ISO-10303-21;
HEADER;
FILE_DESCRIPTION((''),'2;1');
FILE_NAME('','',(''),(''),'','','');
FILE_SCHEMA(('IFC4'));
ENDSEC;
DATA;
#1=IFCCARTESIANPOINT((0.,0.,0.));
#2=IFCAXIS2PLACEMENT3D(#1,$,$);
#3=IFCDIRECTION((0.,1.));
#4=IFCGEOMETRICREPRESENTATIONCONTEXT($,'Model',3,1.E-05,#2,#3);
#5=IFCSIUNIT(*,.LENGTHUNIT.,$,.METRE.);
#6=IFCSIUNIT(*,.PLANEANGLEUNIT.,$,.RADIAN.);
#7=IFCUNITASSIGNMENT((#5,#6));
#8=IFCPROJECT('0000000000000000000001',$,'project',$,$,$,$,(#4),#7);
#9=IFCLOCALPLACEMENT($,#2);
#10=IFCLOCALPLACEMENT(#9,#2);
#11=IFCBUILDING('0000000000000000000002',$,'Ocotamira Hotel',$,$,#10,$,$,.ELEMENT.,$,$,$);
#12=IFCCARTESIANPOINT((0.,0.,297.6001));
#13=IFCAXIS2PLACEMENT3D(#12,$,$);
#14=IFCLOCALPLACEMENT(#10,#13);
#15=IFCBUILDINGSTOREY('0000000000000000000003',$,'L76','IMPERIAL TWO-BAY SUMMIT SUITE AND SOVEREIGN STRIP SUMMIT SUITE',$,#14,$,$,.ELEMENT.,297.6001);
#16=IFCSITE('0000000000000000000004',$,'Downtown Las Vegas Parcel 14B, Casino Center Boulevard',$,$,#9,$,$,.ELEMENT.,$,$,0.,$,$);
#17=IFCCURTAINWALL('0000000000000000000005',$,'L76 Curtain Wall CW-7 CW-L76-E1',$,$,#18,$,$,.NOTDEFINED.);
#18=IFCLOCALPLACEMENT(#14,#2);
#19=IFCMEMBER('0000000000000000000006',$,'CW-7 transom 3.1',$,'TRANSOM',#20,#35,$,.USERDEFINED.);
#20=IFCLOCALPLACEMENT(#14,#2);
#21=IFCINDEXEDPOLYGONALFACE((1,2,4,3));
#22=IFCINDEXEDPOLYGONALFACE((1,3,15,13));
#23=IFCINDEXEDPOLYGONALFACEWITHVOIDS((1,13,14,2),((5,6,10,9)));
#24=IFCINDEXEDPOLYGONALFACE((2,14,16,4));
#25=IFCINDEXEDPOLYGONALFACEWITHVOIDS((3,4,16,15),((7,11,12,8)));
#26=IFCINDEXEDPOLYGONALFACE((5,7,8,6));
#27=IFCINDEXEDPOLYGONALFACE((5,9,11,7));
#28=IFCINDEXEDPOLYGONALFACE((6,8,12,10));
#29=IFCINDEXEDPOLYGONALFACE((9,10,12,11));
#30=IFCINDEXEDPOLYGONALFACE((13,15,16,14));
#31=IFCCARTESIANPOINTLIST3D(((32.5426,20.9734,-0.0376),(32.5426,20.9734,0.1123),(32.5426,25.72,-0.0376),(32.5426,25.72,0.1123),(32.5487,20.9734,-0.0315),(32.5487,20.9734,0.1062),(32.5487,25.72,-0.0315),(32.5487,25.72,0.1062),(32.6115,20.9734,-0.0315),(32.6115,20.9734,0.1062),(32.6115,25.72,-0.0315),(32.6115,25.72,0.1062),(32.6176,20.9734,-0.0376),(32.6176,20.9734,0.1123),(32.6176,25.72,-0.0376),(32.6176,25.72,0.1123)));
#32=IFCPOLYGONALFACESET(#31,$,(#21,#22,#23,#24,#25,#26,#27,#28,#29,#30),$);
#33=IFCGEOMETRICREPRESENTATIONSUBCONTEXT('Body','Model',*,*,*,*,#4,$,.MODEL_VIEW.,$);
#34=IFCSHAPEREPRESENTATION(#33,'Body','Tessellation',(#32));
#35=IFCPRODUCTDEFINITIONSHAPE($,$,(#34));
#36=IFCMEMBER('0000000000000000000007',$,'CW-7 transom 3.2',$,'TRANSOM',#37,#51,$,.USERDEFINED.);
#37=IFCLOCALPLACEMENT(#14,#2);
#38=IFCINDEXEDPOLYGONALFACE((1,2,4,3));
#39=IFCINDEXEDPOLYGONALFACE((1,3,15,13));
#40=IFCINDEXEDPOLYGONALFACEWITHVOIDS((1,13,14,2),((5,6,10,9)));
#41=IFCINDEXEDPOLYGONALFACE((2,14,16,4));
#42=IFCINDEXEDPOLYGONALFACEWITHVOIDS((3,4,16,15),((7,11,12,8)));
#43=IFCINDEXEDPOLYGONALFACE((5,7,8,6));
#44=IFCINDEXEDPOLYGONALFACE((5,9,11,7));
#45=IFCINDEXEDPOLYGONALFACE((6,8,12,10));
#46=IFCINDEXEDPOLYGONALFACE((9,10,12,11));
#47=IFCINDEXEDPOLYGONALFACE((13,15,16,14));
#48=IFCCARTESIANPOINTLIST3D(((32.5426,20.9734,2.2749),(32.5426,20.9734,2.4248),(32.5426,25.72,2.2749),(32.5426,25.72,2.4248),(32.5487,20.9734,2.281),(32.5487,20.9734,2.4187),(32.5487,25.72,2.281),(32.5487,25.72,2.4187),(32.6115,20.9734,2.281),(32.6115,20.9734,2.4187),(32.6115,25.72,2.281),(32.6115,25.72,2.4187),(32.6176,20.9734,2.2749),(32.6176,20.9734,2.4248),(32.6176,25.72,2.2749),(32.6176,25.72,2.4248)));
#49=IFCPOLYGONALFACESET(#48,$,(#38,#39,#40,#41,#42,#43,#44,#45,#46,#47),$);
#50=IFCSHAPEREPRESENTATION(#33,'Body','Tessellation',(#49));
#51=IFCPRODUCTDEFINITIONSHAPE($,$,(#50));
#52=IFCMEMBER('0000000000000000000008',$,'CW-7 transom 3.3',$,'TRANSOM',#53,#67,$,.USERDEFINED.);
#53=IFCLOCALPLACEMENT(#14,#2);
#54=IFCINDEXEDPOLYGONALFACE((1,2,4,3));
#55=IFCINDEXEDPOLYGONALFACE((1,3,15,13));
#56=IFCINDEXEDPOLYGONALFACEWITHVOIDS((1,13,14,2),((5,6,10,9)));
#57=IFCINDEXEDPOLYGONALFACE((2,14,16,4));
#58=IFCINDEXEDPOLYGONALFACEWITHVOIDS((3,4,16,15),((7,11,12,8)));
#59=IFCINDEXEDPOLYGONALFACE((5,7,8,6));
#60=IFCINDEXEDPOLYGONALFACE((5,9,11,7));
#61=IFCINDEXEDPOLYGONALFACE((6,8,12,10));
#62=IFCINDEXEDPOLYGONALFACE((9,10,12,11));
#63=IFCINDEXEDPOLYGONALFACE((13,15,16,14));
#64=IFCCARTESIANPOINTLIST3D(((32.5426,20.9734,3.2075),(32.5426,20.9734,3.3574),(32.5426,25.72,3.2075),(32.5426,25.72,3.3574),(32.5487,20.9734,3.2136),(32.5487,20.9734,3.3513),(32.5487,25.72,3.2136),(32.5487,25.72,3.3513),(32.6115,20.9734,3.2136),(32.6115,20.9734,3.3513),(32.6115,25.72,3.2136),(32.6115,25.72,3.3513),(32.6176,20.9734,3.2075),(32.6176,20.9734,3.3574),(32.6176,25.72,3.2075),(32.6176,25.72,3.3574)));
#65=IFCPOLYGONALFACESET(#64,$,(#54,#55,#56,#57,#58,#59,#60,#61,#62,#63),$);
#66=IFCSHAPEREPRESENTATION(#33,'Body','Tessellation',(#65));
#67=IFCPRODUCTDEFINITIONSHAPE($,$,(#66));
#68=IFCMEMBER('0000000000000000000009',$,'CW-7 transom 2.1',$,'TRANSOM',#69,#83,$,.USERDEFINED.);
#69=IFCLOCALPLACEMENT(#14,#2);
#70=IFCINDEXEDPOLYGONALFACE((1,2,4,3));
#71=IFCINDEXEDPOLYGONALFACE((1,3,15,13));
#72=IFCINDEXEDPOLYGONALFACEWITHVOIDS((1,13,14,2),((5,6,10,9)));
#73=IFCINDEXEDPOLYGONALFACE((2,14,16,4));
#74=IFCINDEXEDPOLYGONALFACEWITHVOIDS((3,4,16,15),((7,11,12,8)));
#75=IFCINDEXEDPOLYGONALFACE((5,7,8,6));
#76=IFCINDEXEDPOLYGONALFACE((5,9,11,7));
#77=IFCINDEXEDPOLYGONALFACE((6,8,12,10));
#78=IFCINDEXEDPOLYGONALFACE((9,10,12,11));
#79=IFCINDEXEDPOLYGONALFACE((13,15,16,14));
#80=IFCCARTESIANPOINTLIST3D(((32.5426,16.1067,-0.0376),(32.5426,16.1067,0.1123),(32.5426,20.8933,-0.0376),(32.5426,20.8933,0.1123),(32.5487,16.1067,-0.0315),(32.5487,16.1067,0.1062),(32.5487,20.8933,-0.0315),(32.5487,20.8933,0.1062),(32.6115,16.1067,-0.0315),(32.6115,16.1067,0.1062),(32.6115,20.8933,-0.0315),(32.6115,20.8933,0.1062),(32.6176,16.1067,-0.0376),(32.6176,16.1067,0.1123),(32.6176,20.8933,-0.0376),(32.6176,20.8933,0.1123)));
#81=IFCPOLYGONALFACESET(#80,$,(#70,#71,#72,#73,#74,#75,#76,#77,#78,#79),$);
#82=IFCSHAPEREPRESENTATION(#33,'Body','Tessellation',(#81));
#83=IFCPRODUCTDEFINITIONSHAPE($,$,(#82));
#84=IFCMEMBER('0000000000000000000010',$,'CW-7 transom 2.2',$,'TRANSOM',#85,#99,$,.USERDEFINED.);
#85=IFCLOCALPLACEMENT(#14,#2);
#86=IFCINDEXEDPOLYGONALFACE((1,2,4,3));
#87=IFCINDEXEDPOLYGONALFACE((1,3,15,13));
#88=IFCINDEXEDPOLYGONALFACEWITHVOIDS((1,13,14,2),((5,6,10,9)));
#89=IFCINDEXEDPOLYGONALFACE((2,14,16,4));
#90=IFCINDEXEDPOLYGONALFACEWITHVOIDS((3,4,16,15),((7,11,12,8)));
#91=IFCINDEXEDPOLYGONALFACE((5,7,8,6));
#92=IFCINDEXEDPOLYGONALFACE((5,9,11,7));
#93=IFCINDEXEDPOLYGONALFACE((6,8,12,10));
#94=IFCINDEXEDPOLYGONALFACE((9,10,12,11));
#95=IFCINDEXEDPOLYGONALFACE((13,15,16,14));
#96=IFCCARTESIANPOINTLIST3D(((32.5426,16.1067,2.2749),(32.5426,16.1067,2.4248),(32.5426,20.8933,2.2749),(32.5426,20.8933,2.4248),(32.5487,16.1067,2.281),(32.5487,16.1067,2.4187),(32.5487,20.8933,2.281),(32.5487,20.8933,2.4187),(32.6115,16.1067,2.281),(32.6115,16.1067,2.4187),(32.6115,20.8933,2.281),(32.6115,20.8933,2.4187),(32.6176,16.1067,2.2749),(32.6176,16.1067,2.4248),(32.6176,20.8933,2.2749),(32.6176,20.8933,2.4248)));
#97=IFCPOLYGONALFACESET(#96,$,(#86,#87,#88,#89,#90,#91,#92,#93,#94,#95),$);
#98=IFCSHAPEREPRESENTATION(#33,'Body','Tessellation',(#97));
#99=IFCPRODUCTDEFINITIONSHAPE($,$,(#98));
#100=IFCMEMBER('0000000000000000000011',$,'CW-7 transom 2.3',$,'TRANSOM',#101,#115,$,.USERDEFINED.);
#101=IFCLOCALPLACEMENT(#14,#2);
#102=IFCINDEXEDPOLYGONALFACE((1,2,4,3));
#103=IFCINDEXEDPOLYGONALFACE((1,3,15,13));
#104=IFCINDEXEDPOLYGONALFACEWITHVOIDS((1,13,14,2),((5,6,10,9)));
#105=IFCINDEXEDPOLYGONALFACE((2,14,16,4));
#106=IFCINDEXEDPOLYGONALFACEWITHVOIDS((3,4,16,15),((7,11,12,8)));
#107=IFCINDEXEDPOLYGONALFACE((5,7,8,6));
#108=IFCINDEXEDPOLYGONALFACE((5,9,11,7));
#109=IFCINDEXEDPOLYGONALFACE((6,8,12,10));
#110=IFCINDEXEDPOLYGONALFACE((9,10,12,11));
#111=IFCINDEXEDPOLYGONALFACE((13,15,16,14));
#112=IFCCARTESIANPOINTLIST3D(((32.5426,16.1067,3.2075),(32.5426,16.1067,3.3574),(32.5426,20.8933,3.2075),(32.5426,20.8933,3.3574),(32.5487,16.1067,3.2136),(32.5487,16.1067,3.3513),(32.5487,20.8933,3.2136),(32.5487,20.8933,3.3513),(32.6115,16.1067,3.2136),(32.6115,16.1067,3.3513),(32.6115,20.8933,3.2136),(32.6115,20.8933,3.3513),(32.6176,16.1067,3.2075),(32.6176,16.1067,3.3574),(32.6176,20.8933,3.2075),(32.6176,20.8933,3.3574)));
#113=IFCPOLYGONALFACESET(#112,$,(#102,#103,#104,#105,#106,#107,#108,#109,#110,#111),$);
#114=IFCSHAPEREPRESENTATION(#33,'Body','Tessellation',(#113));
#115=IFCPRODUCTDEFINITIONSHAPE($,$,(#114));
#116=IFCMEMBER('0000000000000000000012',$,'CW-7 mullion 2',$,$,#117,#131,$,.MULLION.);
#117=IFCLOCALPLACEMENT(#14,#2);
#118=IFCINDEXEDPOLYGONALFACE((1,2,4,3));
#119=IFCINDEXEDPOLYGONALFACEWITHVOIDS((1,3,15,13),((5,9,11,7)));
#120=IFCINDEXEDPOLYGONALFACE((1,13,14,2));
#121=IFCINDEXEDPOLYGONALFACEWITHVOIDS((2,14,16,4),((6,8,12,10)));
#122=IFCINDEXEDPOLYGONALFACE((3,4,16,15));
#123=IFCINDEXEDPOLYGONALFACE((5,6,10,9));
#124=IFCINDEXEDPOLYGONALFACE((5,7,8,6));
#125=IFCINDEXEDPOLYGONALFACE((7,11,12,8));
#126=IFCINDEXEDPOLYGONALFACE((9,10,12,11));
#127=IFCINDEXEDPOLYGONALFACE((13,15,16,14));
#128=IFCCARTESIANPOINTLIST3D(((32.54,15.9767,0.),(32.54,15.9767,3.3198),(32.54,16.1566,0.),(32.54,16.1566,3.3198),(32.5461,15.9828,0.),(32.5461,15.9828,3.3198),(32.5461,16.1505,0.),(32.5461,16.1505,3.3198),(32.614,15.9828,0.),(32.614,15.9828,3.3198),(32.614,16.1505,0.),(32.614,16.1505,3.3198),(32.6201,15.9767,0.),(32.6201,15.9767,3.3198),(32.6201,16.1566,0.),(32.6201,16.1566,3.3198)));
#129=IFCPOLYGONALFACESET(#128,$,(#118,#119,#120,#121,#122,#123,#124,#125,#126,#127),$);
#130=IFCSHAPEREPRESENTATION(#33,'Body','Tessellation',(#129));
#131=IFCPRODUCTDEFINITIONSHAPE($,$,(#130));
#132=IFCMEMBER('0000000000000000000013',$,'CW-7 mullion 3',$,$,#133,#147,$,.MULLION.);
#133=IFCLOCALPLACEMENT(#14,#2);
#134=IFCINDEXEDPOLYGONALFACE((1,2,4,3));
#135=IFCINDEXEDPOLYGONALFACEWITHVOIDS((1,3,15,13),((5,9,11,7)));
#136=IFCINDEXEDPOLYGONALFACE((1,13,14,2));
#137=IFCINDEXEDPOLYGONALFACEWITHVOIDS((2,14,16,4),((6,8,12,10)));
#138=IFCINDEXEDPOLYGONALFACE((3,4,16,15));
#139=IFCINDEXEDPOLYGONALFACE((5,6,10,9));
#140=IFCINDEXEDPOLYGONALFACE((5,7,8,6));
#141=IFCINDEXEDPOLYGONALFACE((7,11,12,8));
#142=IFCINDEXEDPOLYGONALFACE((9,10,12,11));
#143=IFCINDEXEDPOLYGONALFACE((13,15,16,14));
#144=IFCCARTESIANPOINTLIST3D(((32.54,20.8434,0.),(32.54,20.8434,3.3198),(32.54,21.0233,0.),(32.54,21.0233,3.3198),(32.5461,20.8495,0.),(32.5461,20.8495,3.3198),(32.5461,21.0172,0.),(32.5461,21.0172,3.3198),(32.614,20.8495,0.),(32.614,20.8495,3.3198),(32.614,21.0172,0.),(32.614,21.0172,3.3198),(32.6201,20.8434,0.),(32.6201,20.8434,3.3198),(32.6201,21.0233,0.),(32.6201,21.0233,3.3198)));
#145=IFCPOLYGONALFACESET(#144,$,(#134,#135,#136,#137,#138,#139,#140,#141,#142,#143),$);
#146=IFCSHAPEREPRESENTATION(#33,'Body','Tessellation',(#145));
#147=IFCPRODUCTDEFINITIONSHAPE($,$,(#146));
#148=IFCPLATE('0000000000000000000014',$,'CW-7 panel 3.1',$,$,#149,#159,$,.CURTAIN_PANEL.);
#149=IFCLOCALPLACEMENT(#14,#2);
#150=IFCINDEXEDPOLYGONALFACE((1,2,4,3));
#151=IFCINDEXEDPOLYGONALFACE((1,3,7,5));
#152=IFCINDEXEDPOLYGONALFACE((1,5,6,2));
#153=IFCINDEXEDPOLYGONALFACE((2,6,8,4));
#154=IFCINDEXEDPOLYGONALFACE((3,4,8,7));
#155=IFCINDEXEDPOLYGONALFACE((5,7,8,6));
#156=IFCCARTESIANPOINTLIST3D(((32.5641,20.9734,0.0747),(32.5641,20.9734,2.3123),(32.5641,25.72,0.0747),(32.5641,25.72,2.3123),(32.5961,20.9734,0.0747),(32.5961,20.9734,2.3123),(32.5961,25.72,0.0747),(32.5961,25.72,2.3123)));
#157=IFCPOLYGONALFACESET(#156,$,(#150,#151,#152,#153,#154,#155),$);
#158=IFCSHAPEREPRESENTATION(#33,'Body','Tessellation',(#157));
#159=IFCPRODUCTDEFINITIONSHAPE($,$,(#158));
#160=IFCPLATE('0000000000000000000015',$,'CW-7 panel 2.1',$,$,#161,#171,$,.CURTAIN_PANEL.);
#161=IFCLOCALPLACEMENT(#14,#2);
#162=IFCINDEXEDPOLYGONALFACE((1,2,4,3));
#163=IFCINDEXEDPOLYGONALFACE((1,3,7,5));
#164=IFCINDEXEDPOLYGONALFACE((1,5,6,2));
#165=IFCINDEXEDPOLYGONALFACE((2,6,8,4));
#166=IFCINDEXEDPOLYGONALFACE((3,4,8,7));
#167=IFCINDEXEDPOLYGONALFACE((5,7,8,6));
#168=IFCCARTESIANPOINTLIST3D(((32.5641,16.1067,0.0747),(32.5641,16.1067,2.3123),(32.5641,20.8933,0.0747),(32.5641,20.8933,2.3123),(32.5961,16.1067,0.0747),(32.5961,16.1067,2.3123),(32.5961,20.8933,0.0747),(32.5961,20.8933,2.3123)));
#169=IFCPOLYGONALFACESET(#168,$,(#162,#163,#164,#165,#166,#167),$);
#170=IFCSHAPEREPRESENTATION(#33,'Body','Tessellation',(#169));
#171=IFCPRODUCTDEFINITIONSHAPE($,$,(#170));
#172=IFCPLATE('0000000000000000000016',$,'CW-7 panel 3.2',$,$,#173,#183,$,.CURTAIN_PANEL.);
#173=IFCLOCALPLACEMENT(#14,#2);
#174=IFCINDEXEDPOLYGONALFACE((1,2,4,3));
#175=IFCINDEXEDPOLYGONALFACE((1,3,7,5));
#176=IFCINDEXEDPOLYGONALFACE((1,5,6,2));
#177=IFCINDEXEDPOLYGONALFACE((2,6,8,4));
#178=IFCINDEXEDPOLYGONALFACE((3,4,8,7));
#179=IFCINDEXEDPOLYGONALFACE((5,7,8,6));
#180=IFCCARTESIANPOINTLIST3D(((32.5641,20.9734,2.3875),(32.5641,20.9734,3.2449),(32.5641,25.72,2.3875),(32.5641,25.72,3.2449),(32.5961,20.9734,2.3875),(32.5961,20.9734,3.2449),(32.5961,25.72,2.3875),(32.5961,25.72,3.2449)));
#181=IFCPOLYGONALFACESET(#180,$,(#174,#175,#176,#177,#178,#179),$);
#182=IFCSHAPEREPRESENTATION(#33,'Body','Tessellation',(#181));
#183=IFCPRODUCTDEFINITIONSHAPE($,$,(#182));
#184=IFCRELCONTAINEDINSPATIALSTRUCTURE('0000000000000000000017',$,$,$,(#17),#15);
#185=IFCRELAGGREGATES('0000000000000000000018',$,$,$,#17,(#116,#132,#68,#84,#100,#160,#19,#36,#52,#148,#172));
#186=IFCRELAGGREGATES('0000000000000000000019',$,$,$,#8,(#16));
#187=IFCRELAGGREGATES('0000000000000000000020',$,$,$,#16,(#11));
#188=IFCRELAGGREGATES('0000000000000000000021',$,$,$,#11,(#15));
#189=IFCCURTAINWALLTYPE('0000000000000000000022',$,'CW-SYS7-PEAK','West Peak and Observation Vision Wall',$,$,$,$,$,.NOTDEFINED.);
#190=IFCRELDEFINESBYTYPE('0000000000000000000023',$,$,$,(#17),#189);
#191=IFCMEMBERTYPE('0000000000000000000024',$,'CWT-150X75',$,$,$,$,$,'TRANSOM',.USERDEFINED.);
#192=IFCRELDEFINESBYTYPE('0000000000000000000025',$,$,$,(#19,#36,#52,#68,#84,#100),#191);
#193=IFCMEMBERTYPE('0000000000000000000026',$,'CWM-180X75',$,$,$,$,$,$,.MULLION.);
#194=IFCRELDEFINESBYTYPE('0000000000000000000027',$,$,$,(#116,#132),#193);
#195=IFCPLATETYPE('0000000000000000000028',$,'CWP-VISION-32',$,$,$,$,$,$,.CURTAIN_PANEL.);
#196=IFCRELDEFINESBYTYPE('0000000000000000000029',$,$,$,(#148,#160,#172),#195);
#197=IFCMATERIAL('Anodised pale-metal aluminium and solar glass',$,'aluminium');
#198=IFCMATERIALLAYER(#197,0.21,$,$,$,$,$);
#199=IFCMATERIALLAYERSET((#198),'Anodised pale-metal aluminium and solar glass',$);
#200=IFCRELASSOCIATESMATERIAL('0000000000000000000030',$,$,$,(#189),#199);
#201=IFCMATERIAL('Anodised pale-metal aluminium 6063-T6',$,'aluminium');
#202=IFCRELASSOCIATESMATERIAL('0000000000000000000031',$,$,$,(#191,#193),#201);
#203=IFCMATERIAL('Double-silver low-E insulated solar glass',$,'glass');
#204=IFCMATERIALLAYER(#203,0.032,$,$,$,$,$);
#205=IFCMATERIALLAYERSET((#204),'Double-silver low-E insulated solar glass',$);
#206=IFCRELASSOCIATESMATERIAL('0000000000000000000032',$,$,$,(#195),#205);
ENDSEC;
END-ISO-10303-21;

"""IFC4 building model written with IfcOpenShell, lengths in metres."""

from ifc_helpers import new_model, si_unit, direction, frame, origin, origin_2d, place, context, subcontext, project, spatial, rectangle, hollow_rectangle, extrude, source, transform, mapped, material, layer, layer_set, material_profile, profile_set, type_object, element, aggregate, save


model = new_model("IFC4")

# Units and contexts
model_context = context("Model", 3, precision=1e-05, world=origin(), true_north=direction((0.0, 1.0)))
body_context = subcontext(model_context, "Body", "Model", "MODEL_VIEW")
ifc_project = project(units=[si_unit("LENGTHUNIT", "METRE"), si_unit("PLANEANGLEUNIT", "RADIAN")], contexts=[model_context])

# Site, building, storey
site_placement = place(None, origin())
site = spatial("IfcSite", under=ifc_project, at=site_placement, Name="Downtown Las Vegas Parcel 14B, Casino Center Boulevard", CompositionType="ELEMENT", RefElevation=0.0)
building_placement = place(site_placement, origin())
building = spatial("IfcBuilding", under=site, at=building_placement, Name="Ocotamira Hotel", CompositionType="ELEMENT")
storey_placement = place(building_placement, frame((0.0, 0.0, 297.6001)))
storey = spatial("IfcBuildingStorey", under=building, at=storey_placement, Name="L76", Description="IMPERIAL TWO-BAY SUMMIT SUITE AND SOVEREIGN STRIP SUMMIT SUITE", CompositionType="ELEMENT", Elevation=297.6001)

# Curtain wall, members, plates
ifc_material_1 = material(Name="Anodised pale-metal aluminium and solar glass", Category="aluminium")
ifc_layer_1 = layer(ifc_material_1, 0.21)
ifc_layer_set_1 = layer_set([ifc_layer_1], Name="Anodised pale-metal aluminium and solar glass")
curtain_wall_type = type_object("IfcCurtainWallType", Name="CW-SYS7-PEAK", Description="West Peak and Observation Vision Wall", PredefinedType="NOTDEFINED", material=ifc_layer_set_1)
curtain_wall_placement = place(storey_placement, origin())
curtain_wall = element("IfcCurtainWall", 1, at=curtain_wall_placement, inside=storey, type_object=curtain_wall_type, Name="L76 Curtain Wall CW-7 CW-L76-E1", PredefinedType="NOTDEFINED")
ifc_material_2 = material(Name="Anodised pale-metal aluminium 6063-T6", Category="aluminium")
ifc_material_profile_1 = material_profile(ifc_material_2, hollow_rectangle(XDim=0.075, YDim=0.1499, WallThickness=0.0061, at=origin_2d()), Name="HSS150X75X6")
ifc_profile_set_1 = profile_set([ifc_material_profile_1], Name="Anodised pale-metal aluminium 6063-T6")
member_type_1 = type_object("IfcMemberType", Name="CWT-150X75", ElementType="TRANSOM", PredefinedType="USERDEFINED", material=ifc_profile_set_1)
shared_shape_1 = source(origin(), body_context, "Body", "SweptSolid", [
    extrude(hollow_rectangle(XDim=0.075, YDim=0.1499, WallThickness=0.0061, at=origin_2d()), origin(), (0.0, 0.0, 1.0), 4.7466),
])
member_1_placement = place(storey_placement, frame((32.5801, 20.9734, 0.0374), z_axis=(0.0, 1.0, 0.0), x_axis=(-1.0, 0.0, 0.0)))
member_1 = element("IfcMember", 2, at=member_1_placement, type_object=member_type_1, Name="CW-7 transom 3.1", ObjectType="TRANSOM", PredefinedType="USERDEFINED", context=body_context, shape_type="MappedRepresentation", body=[
    mapped(shared_shape_1, transform((0.0, 0.0, 0.0), scale=1.0)),
])
member_2_placement = place(storey_placement, frame((32.5801, 20.9734, 2.3499), z_axis=(0.0, 1.0, 0.0), x_axis=(-1.0, 0.0, 0.0)))
member_2 = element("IfcMember", 3, at=member_2_placement, type_object=member_type_1, Name="CW-7 transom 3.2", ObjectType="TRANSOM", PredefinedType="USERDEFINED", context=body_context, shape_type="MappedRepresentation", body=[
    mapped(shared_shape_1, transform((0.0, 0.0, 0.0), scale=1.0)),
])
member_3_placement = place(storey_placement, frame((32.5801, 20.9734, 3.2825), z_axis=(0.0, 1.0, 0.0), x_axis=(-1.0, 0.0, 0.0)))
member_3 = element("IfcMember", 4, at=member_3_placement, type_object=member_type_1, Name="CW-7 transom 3.3", ObjectType="TRANSOM", PredefinedType="USERDEFINED", context=body_context, shape_type="MappedRepresentation", body=[
    mapped(shared_shape_1, transform((0.0, 0.0, 0.0), scale=1.0)),
])
shared_shape_2 = source(origin(), body_context, "Body", "SweptSolid", [
    extrude(hollow_rectangle(XDim=0.075, YDim=0.1499, WallThickness=0.0061, at=origin_2d()), origin(), (0.0, 0.0, 1.0), 4.7866),
])
member_4_placement = place(storey_placement, frame((32.5801, 16.1067, 0.0374), z_axis=(0.0, 1.0, 0.0), x_axis=(-1.0, 0.0, 0.0)))
member_4 = element("IfcMember", 5, at=member_4_placement, type_object=member_type_1, Name="CW-7 transom 2.1", ObjectType="TRANSOM", PredefinedType="USERDEFINED", context=body_context, shape_type="MappedRepresentation", body=[
    mapped(shared_shape_2, transform((0.0, 0.0, 0.0), scale=1.0)),
])
member_5_placement = place(storey_placement, frame((32.5801, 16.1067, 2.3499), z_axis=(0.0, 1.0, 0.0), x_axis=(-1.0, 0.0, 0.0)))
member_5 = element("IfcMember", 6, at=member_5_placement, type_object=member_type_1, Name="CW-7 transom 2.2", ObjectType="TRANSOM", PredefinedType="USERDEFINED", context=body_context, shape_type="MappedRepresentation", body=[
    mapped(shared_shape_2, transform((0.0, 0.0, 0.0), scale=1.0)),
])
member_6_placement = place(storey_placement, frame((32.5801, 16.1067, 3.2825), z_axis=(0.0, 1.0, 0.0), x_axis=(-1.0, 0.0, 0.0)))
member_6 = element("IfcMember", 7, at=member_6_placement, type_object=member_type_1, Name="CW-7 transom 2.3", ObjectType="TRANSOM", PredefinedType="USERDEFINED", context=body_context, shape_type="MappedRepresentation", body=[
    mapped(shared_shape_2, transform((0.0, 0.0, 0.0), scale=1.0)),
])
ifc_material_profile_2 = material_profile(ifc_material_2, hollow_rectangle(XDim=0.0801, YDim=0.1799, WallThickness=0.0061, at=origin_2d()), Name="HSS180X80X6")
ifc_profile_set_2 = profile_set([ifc_material_profile_2], Name="Anodised pale-metal aluminium 6063-T6")
member_type_2 = type_object("IfcMemberType", Name="CWM-180X75", PredefinedType="MULLION", material=ifc_profile_set_2)
shared_shape_3 = source(origin(), body_context, "Body", "SweptSolid", [
    extrude(hollow_rectangle(XDim=0.0801, YDim=0.1799, WallThickness=0.0061, at=origin_2d()), origin(), (0.0, 0.0, 1.0), 3.3198),
])
member_7_placement = place(storey_placement, frame((32.5801, 16.0667, 0.0), z_axis=(0.0, 0.0, 1.0), x_axis=(-1.0, 0.0, 0.0)))
member_7 = element("IfcMember", 8, at=member_7_placement, type_object=member_type_2, Name="CW-7 mullion 2", PredefinedType="MULLION", context=body_context, shape_type="MappedRepresentation", body=[
    mapped(shared_shape_3, transform((0.0, 0.0, 0.0), scale=1.0)),
])
member_8_placement = place(storey_placement, frame((32.5801, 20.9333, 0.0), z_axis=(0.0, 0.0, 1.0), x_axis=(-1.0, 0.0, 0.0)))
member_8 = element("IfcMember", 9, at=member_8_placement, type_object=member_type_2, Name="CW-7 mullion 3", PredefinedType="MULLION", context=body_context, shape_type="MappedRepresentation", body=[
    mapped(shared_shape_3, transform((0.0, 0.0, 0.0), scale=1.0)),
])
ifc_material_3 = material(Name="Double-silver low-E insulated solar glass", Category="glass")
ifc_layer_2 = layer(ifc_material_3, 0.032)
ifc_layer_set_2 = layer_set([ifc_layer_2], Name="Double-silver low-E insulated solar glass")
plate_type = type_object("IfcPlateType", Name="CWP-VISION-32", PredefinedType="CURTAIN_PANEL", material=ifc_layer_set_2)
shared_shape_4 = source(origin(), body_context, "Body", "SweptSolid", [
    extrude(rectangle(XDim=4.7466, YDim=0.032, at=origin_2d()), origin(), (0.0, 0.0, 1.0), 2.2375),
])
plate_1_placement = place(storey_placement, frame((32.5801, 23.3467, 0.0747), z_axis=(0.0, 0.0, 1.0), x_axis=(0.0, 1.0, 0.0)))
plate_1 = element("IfcPlate", 10, at=plate_1_placement, type_object=plate_type, Name="CW-7 panel 3.1", PredefinedType="CURTAIN_PANEL", context=body_context, shape_type="MappedRepresentation", body=[
    mapped(shared_shape_4, transform((0.0, 0.0, 0.0), scale=1.0)),
])
shared_shape_5 = source(origin(), body_context, "Body", "SweptSolid", [
    extrude(rectangle(XDim=4.7866, YDim=0.032, at=origin_2d()), origin(), (0.0, 0.0, 1.0), 2.2375),
])
plate_2_placement = place(storey_placement, frame((32.5801, 18.5, 0.0747), z_axis=(0.0, 0.0, 1.0), x_axis=(0.0, 1.0, 0.0)))
plate_2 = element("IfcPlate", 11, at=plate_2_placement, type_object=plate_type, Name="CW-7 panel 2.1", PredefinedType="CURTAIN_PANEL", context=body_context, shape_type="MappedRepresentation", body=[
    mapped(shared_shape_5, transform((0.0, 0.0, 0.0), scale=1.0)),
])
shared_shape_6 = source(origin(), body_context, "Body", "SweptSolid", [
    extrude(rectangle(XDim=4.7466, YDim=0.032, at=origin_2d()), origin(), (0.0, 0.0, 1.0), 0.8574),
])
plate_3_placement = place(storey_placement, frame((32.5801, 23.3467, 2.3875), z_axis=(0.0, 0.0, 1.0), x_axis=(0.0, 1.0, 0.0)))
plate_3 = element("IfcPlate", 12, at=plate_3_placement, type_object=plate_type, Name="CW-7 panel 3.2", PredefinedType="CURTAIN_PANEL", context=body_context, shape_type="MappedRepresentation", body=[
    mapped(shared_shape_6, transform((0.0, 0.0, 0.0), scale=1.0)),
])
aggregate(curtain_wall, [member_7, member_8, member_4, member_5, member_6, plate_2, member_1, member_2, member_3, plate_1, plate_3])

save(model, "model.ifc")
